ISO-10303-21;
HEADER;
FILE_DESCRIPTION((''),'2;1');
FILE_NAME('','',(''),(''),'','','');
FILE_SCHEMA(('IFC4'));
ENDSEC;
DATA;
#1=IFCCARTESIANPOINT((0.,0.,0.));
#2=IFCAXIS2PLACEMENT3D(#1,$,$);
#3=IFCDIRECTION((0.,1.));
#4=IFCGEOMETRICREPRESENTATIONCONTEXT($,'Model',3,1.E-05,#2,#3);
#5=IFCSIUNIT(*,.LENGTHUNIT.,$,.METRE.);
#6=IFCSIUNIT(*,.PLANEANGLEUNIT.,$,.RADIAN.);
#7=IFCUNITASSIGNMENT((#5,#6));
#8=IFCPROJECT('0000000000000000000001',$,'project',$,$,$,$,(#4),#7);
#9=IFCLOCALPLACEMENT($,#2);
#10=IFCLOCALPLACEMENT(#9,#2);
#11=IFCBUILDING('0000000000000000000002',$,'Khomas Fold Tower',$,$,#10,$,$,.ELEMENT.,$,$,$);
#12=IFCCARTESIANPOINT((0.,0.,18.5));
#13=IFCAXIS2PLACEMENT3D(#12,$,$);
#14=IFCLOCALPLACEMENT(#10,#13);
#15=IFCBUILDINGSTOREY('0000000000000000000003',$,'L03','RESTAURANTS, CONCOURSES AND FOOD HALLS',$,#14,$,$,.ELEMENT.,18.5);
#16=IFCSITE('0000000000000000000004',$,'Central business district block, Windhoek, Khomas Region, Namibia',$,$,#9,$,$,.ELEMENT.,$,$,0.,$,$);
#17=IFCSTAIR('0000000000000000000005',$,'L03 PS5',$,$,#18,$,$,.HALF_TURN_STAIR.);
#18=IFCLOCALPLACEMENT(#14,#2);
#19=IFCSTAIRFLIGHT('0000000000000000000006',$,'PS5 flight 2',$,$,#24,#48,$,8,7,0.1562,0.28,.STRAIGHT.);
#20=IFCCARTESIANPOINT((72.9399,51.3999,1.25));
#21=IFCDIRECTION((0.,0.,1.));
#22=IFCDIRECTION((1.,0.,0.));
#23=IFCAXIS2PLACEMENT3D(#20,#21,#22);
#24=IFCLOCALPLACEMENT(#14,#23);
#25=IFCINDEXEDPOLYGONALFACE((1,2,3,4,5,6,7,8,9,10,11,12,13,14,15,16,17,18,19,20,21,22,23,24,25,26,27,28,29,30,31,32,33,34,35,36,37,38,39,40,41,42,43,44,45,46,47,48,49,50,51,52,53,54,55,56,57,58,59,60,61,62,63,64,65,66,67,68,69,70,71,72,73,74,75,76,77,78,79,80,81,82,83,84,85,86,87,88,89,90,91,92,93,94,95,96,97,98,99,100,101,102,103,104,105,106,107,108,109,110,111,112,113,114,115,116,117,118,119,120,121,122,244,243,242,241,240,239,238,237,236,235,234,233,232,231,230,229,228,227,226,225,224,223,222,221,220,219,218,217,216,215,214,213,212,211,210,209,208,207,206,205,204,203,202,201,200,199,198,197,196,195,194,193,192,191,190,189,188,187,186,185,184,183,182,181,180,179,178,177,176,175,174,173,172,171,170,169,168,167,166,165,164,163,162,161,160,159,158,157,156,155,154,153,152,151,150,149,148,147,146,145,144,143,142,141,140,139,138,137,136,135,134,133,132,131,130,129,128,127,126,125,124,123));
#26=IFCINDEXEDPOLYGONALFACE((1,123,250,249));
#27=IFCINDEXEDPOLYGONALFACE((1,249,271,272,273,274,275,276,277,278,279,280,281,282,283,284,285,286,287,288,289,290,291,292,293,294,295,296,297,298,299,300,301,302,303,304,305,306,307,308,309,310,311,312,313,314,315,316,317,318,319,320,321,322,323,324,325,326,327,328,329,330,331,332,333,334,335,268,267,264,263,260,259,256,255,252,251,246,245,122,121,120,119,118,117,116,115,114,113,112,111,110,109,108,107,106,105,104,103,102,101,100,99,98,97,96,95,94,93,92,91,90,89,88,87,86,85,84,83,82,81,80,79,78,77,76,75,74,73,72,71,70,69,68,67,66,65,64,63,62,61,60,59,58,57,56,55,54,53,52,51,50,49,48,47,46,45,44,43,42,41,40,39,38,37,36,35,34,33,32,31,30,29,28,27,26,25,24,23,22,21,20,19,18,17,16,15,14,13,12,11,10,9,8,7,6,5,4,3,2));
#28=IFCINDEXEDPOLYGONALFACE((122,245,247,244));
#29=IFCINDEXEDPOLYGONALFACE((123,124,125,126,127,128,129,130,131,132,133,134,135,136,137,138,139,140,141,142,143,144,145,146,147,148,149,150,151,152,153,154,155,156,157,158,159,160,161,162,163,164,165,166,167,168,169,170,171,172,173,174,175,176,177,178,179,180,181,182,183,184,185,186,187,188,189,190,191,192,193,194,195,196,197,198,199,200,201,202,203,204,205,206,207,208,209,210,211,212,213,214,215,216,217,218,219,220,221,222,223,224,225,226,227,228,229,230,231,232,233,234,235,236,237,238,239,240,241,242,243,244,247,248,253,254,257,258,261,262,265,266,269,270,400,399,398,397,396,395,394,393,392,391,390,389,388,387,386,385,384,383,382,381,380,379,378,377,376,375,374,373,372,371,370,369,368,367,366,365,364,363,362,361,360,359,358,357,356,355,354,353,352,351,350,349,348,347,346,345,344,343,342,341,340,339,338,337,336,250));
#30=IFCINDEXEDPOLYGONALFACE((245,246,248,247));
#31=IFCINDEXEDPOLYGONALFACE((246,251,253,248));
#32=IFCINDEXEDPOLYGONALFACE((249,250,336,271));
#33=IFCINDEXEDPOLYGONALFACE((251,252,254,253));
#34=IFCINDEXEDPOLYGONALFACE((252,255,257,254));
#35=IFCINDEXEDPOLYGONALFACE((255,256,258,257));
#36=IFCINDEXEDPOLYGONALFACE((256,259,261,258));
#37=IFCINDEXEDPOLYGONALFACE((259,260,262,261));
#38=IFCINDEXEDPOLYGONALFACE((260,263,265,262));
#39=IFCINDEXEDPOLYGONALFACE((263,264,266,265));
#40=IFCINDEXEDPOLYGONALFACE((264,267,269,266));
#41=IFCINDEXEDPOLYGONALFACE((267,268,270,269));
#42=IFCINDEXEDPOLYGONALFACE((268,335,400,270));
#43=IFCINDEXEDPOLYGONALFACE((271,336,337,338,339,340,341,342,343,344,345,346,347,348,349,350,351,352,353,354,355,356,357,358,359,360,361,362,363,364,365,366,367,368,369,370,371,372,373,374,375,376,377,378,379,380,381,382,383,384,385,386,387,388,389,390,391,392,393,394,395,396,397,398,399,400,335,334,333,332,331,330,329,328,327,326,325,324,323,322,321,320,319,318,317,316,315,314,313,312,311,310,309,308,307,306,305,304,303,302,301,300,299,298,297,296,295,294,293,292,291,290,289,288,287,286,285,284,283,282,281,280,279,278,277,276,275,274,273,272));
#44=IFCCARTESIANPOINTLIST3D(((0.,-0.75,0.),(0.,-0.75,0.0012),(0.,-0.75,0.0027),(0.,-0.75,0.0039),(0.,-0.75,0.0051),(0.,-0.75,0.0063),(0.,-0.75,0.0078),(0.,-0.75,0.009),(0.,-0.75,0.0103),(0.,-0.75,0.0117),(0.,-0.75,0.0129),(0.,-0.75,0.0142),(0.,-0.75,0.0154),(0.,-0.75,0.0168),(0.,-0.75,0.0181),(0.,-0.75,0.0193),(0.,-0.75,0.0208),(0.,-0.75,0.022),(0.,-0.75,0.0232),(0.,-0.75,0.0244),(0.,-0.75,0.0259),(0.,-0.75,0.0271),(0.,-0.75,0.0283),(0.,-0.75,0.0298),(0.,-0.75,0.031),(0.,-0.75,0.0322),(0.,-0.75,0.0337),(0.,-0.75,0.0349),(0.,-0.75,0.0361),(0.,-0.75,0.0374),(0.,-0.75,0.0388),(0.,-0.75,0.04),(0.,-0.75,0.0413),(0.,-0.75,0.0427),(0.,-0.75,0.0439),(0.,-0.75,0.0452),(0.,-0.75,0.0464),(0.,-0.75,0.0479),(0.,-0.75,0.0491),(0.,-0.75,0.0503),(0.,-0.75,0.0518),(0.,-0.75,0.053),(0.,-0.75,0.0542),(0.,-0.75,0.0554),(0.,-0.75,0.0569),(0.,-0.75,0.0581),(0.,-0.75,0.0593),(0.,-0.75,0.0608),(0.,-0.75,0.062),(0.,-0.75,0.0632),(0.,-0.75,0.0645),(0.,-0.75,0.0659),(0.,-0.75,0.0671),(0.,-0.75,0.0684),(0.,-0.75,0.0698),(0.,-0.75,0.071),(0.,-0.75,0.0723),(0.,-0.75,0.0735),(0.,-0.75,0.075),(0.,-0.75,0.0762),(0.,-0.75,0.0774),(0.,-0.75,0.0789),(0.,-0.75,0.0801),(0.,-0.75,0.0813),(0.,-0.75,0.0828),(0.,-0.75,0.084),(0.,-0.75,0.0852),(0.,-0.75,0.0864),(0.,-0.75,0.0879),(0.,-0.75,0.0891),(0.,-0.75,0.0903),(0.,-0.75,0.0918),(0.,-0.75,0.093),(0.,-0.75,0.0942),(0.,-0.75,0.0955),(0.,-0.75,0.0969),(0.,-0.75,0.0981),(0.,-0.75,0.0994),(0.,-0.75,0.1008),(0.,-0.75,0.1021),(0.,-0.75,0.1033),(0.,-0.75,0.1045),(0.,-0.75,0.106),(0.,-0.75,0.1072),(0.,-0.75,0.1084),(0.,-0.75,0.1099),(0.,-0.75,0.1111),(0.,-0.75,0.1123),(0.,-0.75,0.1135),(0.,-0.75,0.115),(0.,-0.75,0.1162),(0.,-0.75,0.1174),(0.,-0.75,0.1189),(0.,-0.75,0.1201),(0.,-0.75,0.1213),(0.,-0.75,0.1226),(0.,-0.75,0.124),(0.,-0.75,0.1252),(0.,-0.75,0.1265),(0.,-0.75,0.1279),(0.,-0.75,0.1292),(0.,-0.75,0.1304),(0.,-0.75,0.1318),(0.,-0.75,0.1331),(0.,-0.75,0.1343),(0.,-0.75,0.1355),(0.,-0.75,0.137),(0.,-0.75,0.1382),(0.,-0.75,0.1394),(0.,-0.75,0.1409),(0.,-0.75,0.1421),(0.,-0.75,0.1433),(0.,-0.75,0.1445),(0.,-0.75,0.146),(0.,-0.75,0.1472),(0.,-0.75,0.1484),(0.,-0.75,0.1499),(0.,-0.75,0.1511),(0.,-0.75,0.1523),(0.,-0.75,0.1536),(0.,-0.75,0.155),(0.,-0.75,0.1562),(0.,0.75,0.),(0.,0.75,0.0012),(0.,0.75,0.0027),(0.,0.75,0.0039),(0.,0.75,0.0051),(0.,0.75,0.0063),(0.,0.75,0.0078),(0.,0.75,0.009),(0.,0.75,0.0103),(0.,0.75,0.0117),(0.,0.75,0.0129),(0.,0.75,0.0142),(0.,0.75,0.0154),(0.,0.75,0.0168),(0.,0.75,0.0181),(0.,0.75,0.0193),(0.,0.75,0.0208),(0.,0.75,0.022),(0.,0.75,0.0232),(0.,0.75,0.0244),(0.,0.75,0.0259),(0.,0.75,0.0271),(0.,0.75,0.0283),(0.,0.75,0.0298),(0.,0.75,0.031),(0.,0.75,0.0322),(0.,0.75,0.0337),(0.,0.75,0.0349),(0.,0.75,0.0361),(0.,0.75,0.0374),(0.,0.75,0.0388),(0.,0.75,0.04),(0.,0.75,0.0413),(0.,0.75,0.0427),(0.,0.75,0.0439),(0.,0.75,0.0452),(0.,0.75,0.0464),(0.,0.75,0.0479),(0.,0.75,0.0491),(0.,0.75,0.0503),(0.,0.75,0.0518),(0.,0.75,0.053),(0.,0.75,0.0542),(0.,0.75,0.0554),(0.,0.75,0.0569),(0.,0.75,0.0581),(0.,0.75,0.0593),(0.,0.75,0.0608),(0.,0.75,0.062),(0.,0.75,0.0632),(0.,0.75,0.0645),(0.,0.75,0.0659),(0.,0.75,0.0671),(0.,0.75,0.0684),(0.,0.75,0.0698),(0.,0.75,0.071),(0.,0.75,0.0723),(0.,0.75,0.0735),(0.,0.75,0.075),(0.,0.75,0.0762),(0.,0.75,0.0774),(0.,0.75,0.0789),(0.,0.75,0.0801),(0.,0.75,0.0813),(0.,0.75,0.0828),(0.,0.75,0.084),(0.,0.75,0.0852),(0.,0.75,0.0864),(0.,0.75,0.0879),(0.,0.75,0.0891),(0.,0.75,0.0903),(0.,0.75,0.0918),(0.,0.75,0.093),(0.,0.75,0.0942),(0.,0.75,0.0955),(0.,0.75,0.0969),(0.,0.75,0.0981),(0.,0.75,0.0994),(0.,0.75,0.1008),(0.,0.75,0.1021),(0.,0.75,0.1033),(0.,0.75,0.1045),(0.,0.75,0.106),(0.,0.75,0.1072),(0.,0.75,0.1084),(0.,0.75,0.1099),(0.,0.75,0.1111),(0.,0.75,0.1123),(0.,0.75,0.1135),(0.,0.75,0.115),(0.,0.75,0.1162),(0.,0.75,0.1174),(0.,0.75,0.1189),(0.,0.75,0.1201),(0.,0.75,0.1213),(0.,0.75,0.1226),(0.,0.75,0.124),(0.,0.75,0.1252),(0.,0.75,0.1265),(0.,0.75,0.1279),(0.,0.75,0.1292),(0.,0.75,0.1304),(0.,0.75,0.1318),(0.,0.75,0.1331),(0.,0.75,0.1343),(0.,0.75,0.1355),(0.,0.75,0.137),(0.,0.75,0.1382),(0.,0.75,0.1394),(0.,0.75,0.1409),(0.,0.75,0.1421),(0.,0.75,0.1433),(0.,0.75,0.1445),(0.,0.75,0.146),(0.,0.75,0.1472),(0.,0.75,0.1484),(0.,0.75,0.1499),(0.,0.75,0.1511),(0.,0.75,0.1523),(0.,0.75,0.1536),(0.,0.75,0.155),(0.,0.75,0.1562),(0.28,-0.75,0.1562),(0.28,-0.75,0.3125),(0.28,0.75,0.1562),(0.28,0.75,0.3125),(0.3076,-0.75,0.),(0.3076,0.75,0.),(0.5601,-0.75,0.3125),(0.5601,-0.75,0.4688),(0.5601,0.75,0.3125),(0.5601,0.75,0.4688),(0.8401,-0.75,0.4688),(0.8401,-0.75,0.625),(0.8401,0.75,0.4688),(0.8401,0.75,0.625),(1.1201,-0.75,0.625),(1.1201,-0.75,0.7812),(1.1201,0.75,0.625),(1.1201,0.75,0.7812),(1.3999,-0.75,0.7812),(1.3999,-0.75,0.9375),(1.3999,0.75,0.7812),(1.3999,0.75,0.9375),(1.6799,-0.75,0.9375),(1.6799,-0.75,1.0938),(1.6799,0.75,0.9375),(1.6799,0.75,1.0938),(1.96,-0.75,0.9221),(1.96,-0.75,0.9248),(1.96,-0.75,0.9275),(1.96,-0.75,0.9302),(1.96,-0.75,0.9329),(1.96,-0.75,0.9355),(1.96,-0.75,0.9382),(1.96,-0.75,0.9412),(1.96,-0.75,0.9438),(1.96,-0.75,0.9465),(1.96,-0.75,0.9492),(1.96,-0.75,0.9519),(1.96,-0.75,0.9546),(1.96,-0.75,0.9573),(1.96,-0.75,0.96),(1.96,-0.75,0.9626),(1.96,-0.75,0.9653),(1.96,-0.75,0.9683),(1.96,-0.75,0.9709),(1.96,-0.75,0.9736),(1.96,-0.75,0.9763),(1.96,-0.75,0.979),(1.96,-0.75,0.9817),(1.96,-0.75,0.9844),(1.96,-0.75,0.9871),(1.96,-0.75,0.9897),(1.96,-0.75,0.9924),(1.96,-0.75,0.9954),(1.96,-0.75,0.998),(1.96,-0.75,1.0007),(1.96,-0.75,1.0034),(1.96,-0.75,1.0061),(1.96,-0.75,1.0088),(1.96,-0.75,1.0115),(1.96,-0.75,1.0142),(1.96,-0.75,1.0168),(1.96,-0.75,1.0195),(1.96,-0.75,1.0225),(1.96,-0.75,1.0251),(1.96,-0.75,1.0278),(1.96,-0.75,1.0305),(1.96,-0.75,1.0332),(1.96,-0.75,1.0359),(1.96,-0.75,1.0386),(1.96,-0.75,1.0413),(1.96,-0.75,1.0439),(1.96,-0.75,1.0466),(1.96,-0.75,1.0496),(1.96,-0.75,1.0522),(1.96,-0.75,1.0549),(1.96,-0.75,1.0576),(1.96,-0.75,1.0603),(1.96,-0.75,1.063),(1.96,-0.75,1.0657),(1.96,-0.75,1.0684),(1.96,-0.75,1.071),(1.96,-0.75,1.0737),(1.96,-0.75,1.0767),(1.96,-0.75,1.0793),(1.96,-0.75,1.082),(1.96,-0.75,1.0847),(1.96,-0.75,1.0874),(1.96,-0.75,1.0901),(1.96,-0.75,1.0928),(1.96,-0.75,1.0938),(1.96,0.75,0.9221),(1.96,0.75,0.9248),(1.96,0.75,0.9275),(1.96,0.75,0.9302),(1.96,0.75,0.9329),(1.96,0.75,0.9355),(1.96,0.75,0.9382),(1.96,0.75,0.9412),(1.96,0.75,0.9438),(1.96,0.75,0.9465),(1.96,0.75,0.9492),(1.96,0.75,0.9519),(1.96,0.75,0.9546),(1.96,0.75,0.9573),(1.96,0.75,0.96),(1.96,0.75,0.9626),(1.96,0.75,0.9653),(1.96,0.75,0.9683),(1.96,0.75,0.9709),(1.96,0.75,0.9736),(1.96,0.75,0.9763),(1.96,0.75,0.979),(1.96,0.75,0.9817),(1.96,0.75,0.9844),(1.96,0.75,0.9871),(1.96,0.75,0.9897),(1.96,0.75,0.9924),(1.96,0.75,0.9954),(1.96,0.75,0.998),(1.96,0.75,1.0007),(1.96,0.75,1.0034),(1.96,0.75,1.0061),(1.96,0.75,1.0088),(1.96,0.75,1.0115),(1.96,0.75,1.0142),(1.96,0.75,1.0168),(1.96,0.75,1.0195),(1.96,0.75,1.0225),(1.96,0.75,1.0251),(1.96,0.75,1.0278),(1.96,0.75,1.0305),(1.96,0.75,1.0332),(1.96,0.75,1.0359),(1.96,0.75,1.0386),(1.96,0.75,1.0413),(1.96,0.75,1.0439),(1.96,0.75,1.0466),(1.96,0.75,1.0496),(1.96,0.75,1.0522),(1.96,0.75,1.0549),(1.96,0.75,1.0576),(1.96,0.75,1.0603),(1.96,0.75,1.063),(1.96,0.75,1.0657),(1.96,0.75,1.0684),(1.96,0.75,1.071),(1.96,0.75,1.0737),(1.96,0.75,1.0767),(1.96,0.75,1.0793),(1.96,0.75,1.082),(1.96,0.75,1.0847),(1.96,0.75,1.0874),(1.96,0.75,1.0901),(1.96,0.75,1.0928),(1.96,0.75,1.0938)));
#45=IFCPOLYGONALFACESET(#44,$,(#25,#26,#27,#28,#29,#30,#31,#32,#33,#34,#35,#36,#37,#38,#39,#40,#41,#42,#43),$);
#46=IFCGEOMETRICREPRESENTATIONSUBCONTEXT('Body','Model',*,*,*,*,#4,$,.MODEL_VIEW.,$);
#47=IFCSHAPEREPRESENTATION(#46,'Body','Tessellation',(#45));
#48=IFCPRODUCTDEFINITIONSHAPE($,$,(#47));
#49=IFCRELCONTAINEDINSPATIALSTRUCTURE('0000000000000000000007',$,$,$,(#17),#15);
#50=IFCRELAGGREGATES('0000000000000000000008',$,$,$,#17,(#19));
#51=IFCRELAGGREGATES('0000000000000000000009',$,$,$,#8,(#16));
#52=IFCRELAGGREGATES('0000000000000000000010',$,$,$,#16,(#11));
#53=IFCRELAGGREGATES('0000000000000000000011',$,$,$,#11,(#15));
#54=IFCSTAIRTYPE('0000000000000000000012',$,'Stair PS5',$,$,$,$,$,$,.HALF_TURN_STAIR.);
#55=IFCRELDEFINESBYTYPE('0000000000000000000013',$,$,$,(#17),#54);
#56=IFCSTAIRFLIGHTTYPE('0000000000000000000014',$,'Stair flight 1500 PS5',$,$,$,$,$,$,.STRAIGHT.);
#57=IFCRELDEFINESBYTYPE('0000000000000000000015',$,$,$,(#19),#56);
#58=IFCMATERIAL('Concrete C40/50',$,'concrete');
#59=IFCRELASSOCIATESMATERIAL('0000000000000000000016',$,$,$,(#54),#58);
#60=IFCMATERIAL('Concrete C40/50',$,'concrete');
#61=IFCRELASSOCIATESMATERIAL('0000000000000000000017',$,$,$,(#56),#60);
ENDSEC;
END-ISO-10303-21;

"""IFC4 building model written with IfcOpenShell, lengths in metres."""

from ifc_helpers import new_model, si_unit, direction, frame, origin, place, context, subcontext, project, spatial, polyline, outline, extrude, source, transform, mapped, material, type_object, element, aggregate, save


model = new_model("IFC4")

# Units and contexts
model_context = context("Model", 3, precision=1e-05, world=origin(), true_north=direction((0.0, 1.0)))
body_context = subcontext(model_context, "Body", "Model", "MODEL_VIEW")
ifc_project = project(units=[si_unit("LENGTHUNIT", "METRE"), si_unit("PLANEANGLEUNIT", "RADIAN")], contexts=[model_context])

# Site, building, storey
site_placement = place(None, origin())
site = spatial("IfcSite", under=ifc_project, at=site_placement, Name="Central business district block, Windhoek, Khomas Region, Namibia", CompositionType="ELEMENT", RefElevation=0.0)
building_placement = place(site_placement, origin())
building = spatial("IfcBuilding", under=site, at=building_placement, Name="Khomas Fold Tower", CompositionType="ELEMENT")
storey_placement = place(building_placement, frame((0.0, 0.0, 18.5)))
storey = spatial("IfcBuildingStorey", under=building, at=storey_placement, Name="L03", Description="RESTAURANTS, CONCOURSES AND FOOD HALLS", CompositionType="ELEMENT", Elevation=18.5)

# Stair, stair flight
ifc_material_1 = material(Name="Concrete C40/50", Category="concrete")
stair_type_1 = type_object("IfcStairType", Name="Stair PS5", PredefinedType="HALF_TURN_STAIR", material=ifc_material_1)
stair_1_placement = place(storey_placement, origin())
stair_1 = element("IfcStair", 1, at=stair_1_placement, inside=storey, type_object=stair_type_1, Name="L03 PS5", PredefinedType="HALF_TURN_STAIR")
ifc_material_2 = material(Name="Concrete C40/50", Category="concrete")
stair_flight_type_1 = type_object("IfcStairFlightType", Name="Stair flight 1500 PS5", PredefinedType="STRAIGHT", material=ifc_material_2)
shared_shape_1 = source(origin(), body_context, "Body", "SweptSolid", [
    extrude(outline(polyline([(0.0, 0.0), (0.0, 0.0012), (0.0, 0.0027), (0.0, 0.0039), (0.0, 0.0051), (0.0, 0.0063), (0.0, 0.0078), (0.0, 0.009), (0.0, 0.0103), (0.0, 0.0117), (0.0, 0.0129), (0.0, 0.0142), (0.0, 0.0154), (0.0, 0.0168), (0.0, 0.0181), (0.0, 0.0193), (0.0, 0.0208), (0.0, 0.022), (0.0, 0.0232), (0.0, 0.0244), (0.0, 0.0259), (0.0, 0.0271), (0.0, 0.0283), (0.0, 0.0298), (0.0, 0.031), (0.0, 0.0322), (0.0, 0.0337), (0.0, 0.0349), (0.0, 0.0361), (0.0, 0.0374), (0.0, 0.0388), (0.0, 0.04), (0.0, 0.0413), (0.0, 0.0427), (0.0, 0.0439), (0.0, 0.0452), (0.0, 0.0464), (0.0, 0.0479), (0.0, 0.0491), (0.0, 0.0503), (0.0, 0.0518), (0.0, 0.053), (0.0, 0.0542), (0.0, 0.0554), (0.0, 0.0569), (0.0, 0.0581), (0.0, 0.0593), (0.0, 0.0608), (0.0, 0.062), (0.0, 0.0632), (0.0, 0.0645), (0.0, 0.0659), (0.0, 0.0671), (0.0, 0.0684), (0.0, 0.0698), (0.0, 0.071), (0.0, 0.0723), (0.0, 0.0735), (0.0, 0.075), (0.0, 0.0762), (0.0, 0.0774), (0.0, 0.0789), (0.0, 0.0801), (0.0, 0.0813), (0.0, 0.0828), (0.0, 0.084), (0.0, 0.0852), (0.0, 0.0864), (0.0, 0.0879), (0.0, 0.0891), (0.0, 0.0903), (0.0, 0.0918), (0.0, 0.093), (0.0, 0.0942), (0.0, 0.0955), (0.0, 0.0969), (0.0, 0.0981), (0.0, 0.0994), (0.0, 0.1008), (0.0, 0.1021), (0.0, 0.1033), (0.0, 0.1045), (0.0, 0.106), (0.0, 0.1072), (0.0, 0.1084), (0.0, 0.1099), (0.0, 0.1111), (0.0, 0.1123), (0.0, 0.1135), (0.0, 0.115), (0.0, 0.1162), (0.0, 0.1174), (0.0, 0.1189), (0.0, 0.1201), (0.0, 0.1213), (0.0, 0.1226), (0.0, 0.124), (0.0, 0.1252), (0.0, 0.1265), (0.0, 0.1279), (0.0, 0.1292), (0.0, 0.1304), (0.0, 0.1318), (0.0, 0.1331), (0.0, 0.1343), (0.0, 0.1355), (0.0, 0.137), (0.0, 0.1382), (0.0, 0.1394), (0.0, 0.1409), (0.0, 0.1421), (0.0, 0.1433), (0.0, 0.1445), (0.0, 0.146), (0.0, 0.1472), (0.0, 0.1484), (0.0, 0.1499), (0.0, 0.1511), (0.0, 0.1523), (0.0, 0.1536), (0.0, 0.155), (0.0, 0.1562), (0.28, 0.1562), (0.28, 0.3125), (0.5601, 0.3125), (0.5601, 0.4688), (0.8401, 0.4688), (0.8401, 0.625), (1.1201, 0.625), (1.1201, 0.7812), (1.3999, 0.7812), (1.3999, 0.9375), (1.6799, 0.9375), (1.6799, 1.0938), (1.96, 1.0938), (1.96, 1.25), (1.96, 1.2473), (1.96, 1.2446), (1.96, 1.2419), (1.96, 1.2393), (1.96, 1.2363), (1.96, 1.2336), (1.96, 1.231), (1.96, 1.2283), (1.96, 1.2256), (1.96, 1.2229), (1.96, 1.2202), (1.96, 1.2175), (1.96, 1.2148), (1.96, 1.2122), (1.96, 1.2092), (1.96, 1.2065), (1.96, 1.2039), (1.96, 1.2012), (1.96, 1.1985), (1.96, 1.1958), (1.96, 1.1931), (1.96, 1.1904), (1.96, 1.1877), (1.96, 1.1851), (1.96, 1.1821), (1.96, 1.1794), (1.96, 1.1768), (1.96, 1.1741), (1.96, 1.1714), (1.96, 1.1687), (1.96, 1.166), (1.96, 1.1633), (1.96, 1.1606), (1.96, 1.158), (1.96, 1.155), (1.96, 1.1523), (1.96, 1.1497), (1.96, 1.147), (1.96, 1.1443), (1.96, 1.1416), (1.96, 1.1389), (1.96, 1.1362), (1.96, 1.1335), (1.96, 1.1309), (1.96, 1.1279), (1.96, 1.1252), (1.96, 1.1226), (1.96, 1.1199), (1.96, 1.1172), (1.96, 1.1145), (1.96, 1.1118), (1.96, 1.1091), (1.96, 1.1064), (1.96, 1.1038), (1.96, 1.1008), (1.96, 1.0981), (1.96, 1.0955), (1.96, 1.0928), (1.96, 1.0901), (1.96, 1.0874), (1.96, 1.0847), (1.96, 1.082), (1.96, 1.0793), (1.96, 1.0767), (1.96, 1.0737), (1.96, 1.071), (1.96, 1.0684), (1.96, 1.0657), (1.96, 1.063), (1.96, 1.0603), (1.96, 1.0576), (1.96, 1.0549), (1.96, 1.0522), (1.96, 1.0496), (1.96, 1.0466), (1.96, 1.0439), (1.96, 1.0413), (1.96, 1.0386), (1.96, 1.0359), (1.96, 1.0332), (1.96, 1.0305), (1.96, 1.0278), (1.96, 1.0251), (1.96, 1.0225), (1.96, 1.0195), (1.96, 1.0168), (1.96, 1.0142), (1.96, 1.0115), (1.96, 1.0088), (1.96, 1.0061), (1.96, 1.0034), (1.96, 1.0007), (1.96, 0.998), (1.96, 0.9954), (1.96, 0.9924), (1.96, 0.9897), (1.96, 0.9871), (1.96, 0.9844), (1.96, 0.9817), (1.96, 0.979), (1.96, 0.9763), (1.96, 0.9736), (1.96, 0.9709), (1.96, 0.9683), (1.96, 0.9653), (1.96, 0.9626), (1.96, 0.96), (1.96, 0.9573), (1.96, 0.9546), (1.96, 0.9519), (1.96, 0.9492), (1.96, 0.9465), (1.96, 0.9438), (1.96, 0.9412), (1.96, 0.9382), (1.96, 0.9355), (1.96, 0.9329), (1.96, 0.9302), (1.96, 0.9275), (1.96, 0.9248), (1.96, 0.9221), (0.3076, 0.0), (0.0, 0.0)])), frame((0.0, 0.75, 0.0), z_axis=(0.0, -1.0, 0.0), x_axis=(1.0, 0.0, 0.0)), (0.0, 0.0, 1.0), 1.5),
])
stair_flight_1_placement = place(storey_placement, frame((72.9399, 51.3999, 1.25), z_axis=(0.0, 0.0, 1.0), x_axis=(1.0, 0.0, 0.0)))
stair_flight_1 = element("IfcStairFlight", 2, at=stair_flight_1_placement, type_object=stair_flight_type_1, Name="PS5 flight 2", NumberOfRisers=8, NumberOfTreads=7, PredefinedType="STRAIGHT", RiserHeight=0.1562, TreadLength=0.28, context=body_context, shape_type="MappedRepresentation", body=[
    mapped(shared_shape_1, transform((0.0, 0.0, 0.0))),
])
aggregate(stair_1, [stair_flight_1])

save(model, "model.ifc")
